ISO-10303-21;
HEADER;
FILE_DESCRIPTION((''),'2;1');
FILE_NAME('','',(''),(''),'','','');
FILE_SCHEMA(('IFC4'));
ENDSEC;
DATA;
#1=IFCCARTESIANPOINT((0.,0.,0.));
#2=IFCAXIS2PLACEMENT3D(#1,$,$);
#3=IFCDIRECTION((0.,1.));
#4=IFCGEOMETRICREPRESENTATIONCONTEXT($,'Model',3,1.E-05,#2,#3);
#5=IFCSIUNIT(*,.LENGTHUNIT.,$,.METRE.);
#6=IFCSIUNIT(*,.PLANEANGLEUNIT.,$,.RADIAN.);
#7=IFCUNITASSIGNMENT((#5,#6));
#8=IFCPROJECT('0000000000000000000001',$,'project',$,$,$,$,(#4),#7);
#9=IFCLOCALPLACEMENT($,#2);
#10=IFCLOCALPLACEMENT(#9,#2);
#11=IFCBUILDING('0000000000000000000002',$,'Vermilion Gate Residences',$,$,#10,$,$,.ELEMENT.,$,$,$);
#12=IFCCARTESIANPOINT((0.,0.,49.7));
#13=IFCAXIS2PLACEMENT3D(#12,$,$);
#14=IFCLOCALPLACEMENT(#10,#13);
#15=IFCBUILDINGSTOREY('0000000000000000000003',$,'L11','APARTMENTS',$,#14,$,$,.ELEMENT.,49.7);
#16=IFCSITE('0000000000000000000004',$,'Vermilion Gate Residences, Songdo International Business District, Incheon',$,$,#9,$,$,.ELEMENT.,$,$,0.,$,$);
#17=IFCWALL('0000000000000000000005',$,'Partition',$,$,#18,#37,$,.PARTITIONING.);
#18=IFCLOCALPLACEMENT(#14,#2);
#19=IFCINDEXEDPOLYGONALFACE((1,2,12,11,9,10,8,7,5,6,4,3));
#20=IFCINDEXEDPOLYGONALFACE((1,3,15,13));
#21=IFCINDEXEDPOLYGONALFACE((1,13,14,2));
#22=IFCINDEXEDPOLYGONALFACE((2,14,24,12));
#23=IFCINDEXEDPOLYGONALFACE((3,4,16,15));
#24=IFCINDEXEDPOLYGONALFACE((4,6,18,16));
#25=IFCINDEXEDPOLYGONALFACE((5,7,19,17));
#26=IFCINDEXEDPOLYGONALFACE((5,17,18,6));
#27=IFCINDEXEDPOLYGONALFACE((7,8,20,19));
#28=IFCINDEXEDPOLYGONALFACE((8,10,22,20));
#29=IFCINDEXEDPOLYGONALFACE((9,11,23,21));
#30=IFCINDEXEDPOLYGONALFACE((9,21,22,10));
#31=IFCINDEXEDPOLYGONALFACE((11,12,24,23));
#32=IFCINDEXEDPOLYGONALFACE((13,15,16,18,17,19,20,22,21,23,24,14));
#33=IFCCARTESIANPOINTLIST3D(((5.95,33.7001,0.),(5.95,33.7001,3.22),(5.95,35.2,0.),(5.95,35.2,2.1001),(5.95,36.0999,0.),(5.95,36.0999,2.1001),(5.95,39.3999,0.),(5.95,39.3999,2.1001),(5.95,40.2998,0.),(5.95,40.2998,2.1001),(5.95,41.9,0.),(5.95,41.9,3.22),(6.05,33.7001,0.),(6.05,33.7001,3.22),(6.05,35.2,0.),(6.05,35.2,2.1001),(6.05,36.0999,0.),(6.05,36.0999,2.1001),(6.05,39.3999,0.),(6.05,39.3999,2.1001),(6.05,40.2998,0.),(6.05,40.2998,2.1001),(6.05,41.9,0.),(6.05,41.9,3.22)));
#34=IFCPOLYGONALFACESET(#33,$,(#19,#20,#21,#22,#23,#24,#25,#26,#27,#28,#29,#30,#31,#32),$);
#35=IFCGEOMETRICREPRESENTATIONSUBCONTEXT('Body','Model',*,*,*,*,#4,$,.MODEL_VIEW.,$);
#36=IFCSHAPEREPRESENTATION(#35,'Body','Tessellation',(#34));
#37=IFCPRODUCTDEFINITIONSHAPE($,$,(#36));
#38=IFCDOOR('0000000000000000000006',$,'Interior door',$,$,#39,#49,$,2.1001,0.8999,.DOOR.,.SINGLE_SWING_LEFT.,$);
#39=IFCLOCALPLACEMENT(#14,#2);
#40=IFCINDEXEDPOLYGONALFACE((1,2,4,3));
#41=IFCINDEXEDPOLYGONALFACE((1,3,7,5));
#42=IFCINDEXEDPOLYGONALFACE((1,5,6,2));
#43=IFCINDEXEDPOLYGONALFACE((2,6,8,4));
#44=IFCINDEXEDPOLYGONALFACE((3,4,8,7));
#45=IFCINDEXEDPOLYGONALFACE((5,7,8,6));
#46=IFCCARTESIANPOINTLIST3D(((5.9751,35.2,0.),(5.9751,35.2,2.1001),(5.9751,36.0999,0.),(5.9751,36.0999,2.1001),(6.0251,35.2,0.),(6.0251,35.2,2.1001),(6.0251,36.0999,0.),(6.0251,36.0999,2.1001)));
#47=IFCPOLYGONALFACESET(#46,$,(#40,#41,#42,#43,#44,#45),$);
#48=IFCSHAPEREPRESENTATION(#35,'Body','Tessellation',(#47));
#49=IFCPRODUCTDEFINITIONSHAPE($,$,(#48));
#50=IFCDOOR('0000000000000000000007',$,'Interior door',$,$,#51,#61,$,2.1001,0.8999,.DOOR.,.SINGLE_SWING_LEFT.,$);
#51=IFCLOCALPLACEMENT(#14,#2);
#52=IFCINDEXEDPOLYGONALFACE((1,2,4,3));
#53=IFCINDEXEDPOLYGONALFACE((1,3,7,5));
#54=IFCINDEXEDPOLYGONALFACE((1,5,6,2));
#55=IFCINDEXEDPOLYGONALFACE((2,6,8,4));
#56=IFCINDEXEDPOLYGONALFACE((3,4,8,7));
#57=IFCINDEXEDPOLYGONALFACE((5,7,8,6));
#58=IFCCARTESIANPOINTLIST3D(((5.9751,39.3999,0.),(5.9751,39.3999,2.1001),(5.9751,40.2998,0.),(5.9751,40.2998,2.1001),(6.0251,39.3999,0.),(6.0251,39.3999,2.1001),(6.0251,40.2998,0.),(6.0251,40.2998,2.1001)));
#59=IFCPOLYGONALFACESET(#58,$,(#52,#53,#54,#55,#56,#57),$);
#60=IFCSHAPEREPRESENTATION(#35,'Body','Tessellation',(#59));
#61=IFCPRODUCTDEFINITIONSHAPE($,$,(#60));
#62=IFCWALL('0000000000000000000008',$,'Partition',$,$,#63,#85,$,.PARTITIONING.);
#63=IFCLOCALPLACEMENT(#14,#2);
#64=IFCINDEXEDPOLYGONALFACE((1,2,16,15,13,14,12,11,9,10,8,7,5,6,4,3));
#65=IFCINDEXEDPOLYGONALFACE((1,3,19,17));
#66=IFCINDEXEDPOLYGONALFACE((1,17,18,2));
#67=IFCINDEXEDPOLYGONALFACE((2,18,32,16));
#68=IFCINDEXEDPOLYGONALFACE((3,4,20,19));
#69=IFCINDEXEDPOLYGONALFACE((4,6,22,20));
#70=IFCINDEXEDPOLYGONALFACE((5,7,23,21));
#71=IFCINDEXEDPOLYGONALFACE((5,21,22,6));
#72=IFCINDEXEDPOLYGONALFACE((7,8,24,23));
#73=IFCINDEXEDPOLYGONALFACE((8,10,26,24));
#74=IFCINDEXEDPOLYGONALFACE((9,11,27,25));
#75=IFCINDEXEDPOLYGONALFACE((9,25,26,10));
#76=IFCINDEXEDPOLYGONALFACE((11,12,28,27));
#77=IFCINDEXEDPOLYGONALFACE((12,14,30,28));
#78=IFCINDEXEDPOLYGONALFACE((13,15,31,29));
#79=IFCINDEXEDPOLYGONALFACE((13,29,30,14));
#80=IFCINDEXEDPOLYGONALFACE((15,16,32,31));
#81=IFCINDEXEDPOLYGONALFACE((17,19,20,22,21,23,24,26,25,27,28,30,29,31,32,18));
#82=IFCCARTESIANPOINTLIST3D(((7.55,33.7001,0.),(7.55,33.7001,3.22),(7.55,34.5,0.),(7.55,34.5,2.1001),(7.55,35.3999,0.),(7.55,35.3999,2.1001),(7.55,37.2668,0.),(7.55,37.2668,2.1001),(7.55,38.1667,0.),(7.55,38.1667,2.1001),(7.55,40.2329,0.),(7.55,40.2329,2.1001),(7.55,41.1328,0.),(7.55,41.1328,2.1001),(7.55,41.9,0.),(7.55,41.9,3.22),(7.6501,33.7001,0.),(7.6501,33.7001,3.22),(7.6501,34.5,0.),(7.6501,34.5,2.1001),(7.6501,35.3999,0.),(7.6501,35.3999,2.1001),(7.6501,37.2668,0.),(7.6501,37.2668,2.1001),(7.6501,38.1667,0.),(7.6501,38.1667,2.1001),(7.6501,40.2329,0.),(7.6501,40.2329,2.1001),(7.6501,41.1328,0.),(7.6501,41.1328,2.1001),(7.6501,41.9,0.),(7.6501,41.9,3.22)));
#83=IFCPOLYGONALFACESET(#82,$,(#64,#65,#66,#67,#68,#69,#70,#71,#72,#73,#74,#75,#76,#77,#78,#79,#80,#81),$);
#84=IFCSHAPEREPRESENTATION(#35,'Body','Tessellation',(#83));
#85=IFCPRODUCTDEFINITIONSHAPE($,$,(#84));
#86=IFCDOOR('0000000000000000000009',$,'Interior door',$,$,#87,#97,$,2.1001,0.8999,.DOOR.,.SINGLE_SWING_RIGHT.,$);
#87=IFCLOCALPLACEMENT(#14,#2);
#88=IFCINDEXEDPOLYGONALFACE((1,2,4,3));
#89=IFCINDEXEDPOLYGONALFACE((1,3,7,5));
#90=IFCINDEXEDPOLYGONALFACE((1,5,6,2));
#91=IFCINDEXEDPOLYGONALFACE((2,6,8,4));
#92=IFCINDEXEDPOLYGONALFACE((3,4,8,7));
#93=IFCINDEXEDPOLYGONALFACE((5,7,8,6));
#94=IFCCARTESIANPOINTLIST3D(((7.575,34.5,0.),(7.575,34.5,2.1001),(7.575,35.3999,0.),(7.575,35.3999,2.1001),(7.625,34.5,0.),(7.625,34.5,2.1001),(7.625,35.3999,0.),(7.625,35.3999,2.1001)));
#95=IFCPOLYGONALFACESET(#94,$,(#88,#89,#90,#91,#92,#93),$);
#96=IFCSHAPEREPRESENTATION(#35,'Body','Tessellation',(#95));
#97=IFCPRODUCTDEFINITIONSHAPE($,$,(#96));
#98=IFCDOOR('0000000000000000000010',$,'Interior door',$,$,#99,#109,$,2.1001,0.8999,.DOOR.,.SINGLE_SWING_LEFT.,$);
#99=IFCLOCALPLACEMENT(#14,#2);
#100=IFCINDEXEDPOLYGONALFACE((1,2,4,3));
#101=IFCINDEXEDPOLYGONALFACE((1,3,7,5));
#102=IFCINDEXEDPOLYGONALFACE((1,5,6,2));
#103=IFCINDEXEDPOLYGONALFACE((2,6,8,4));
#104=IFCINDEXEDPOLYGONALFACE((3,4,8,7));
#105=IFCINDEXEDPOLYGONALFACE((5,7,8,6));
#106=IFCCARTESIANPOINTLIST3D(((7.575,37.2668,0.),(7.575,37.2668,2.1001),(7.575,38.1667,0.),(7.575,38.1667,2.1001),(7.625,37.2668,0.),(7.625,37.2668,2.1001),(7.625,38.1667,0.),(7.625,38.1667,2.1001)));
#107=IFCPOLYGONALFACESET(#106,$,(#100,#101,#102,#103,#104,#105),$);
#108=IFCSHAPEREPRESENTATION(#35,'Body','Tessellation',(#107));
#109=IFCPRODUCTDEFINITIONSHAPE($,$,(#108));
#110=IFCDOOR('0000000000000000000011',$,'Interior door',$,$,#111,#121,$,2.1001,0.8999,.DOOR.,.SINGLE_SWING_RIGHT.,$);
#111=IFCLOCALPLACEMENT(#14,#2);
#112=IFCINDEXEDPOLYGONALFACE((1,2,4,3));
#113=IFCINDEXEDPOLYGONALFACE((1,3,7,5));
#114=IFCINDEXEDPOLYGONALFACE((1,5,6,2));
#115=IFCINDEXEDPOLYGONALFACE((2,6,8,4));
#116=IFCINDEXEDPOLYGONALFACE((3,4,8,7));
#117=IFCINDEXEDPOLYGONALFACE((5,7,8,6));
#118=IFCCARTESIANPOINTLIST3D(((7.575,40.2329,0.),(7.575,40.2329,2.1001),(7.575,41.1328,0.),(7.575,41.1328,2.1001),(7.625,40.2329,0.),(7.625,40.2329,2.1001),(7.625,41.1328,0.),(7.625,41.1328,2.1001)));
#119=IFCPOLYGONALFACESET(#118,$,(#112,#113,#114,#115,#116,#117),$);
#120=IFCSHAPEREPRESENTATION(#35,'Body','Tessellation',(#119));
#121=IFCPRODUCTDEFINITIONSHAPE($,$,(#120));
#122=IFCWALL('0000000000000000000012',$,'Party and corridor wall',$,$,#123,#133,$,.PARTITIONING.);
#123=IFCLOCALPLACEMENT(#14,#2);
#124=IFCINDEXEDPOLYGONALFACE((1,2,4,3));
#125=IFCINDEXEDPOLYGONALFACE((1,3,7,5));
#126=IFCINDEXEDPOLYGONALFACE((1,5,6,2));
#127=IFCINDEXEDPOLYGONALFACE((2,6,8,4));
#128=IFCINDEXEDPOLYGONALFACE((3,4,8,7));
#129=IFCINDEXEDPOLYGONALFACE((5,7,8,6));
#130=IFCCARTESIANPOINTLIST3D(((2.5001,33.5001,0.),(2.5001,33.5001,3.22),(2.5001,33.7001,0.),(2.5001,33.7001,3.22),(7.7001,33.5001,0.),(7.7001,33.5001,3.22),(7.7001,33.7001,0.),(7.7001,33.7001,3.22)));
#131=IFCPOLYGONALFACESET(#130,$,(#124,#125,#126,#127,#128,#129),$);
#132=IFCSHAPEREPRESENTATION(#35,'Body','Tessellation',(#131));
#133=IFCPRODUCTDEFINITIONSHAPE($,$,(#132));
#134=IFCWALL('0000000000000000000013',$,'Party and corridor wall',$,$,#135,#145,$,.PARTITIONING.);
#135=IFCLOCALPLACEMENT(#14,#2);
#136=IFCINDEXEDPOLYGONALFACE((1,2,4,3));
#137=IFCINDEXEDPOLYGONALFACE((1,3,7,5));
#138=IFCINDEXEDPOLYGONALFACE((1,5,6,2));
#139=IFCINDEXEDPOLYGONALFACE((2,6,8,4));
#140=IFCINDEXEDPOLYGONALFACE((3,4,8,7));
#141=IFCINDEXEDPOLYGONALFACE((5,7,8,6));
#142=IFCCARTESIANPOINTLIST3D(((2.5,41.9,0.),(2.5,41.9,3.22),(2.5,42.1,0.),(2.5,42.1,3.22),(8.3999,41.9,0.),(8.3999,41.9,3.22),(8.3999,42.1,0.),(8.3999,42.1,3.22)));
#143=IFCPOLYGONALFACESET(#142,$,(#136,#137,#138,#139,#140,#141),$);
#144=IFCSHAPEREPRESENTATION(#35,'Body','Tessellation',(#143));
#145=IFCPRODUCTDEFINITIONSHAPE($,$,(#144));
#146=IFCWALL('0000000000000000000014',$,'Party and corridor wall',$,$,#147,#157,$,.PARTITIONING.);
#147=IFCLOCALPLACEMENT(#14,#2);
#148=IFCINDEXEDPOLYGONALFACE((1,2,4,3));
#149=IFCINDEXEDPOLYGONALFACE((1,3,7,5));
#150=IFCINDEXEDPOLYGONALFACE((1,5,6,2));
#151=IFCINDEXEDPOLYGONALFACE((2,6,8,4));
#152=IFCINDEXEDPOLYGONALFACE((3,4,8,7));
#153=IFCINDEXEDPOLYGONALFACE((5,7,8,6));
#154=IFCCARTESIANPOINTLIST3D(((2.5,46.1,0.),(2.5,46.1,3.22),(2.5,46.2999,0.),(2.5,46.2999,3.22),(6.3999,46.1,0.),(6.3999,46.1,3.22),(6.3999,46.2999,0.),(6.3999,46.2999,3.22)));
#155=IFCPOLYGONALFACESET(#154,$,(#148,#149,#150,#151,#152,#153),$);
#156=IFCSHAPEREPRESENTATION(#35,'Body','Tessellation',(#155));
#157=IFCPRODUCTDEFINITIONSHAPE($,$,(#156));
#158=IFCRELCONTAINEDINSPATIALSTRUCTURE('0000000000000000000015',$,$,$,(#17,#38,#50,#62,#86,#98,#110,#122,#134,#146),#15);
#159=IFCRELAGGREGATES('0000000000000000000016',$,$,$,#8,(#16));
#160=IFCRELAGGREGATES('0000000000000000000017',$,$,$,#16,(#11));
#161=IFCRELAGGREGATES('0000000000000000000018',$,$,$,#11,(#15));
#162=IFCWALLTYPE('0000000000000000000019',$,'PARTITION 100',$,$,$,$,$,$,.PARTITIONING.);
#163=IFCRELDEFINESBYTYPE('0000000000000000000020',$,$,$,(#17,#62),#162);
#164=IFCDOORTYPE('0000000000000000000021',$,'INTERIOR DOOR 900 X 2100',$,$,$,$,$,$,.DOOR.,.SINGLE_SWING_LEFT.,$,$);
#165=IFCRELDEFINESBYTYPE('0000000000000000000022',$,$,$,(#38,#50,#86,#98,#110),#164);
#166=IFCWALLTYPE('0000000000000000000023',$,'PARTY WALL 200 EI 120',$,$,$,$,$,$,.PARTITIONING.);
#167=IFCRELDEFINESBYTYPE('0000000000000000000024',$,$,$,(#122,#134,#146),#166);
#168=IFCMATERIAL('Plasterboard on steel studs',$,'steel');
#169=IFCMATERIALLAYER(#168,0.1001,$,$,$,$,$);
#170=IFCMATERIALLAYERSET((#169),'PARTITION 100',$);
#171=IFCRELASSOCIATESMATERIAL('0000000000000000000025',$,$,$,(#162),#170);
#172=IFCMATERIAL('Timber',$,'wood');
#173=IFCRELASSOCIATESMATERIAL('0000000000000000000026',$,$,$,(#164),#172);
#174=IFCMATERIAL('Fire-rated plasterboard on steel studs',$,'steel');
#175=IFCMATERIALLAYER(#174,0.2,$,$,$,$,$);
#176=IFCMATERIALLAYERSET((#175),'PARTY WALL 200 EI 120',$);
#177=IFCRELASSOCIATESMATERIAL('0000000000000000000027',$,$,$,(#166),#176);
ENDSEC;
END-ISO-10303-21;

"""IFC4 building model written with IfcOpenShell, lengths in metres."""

from ifc_helpers import new_model, si_unit, direction, frame, frame_2d, origin, place, context, subcontext, project, spatial, rectangle, extrude, material, layer, layer_set, type_object, element, fill, save


model = new_model("IFC4")

# Units and contexts
model_context = context("Model", 3, precision=1e-05, world=origin(), true_north=direction((0.0, 1.0)))
body_context = subcontext(model_context, "Body", "Model", "MODEL_VIEW")
ifc_project = project(units=[si_unit("LENGTHUNIT", "METRE"), si_unit("PLANEANGLEUNIT", "RADIAN")], contexts=[model_context])

# Site, building, storey
site_placement = place(None, origin())
site = spatial("IfcSite", under=ifc_project, at=site_placement, Name="Vermilion Gate Residences, Songdo International Business District, Incheon", CompositionType="ELEMENT", RefElevation=0.0)
building_placement = place(site_placement, origin())
building = spatial("IfcBuilding", under=site, at=building_placement, Name="Vermilion Gate Residences", CompositionType="ELEMENT")
storey_placement = place(building_placement, frame((0.0, 0.0, 49.7)))
storey = spatial("IfcBuildingStorey", under=building, at=storey_placement, Name="L11", Description="APARTMENTS", CompositionType="ELEMENT", Elevation=49.7)

# Shared definitions
ifc_material_1 = material(Name="Plasterboard on steel studs", Category="steel")
ifc_layer_1 = layer(ifc_material_1, 0.1001)
ifc_layer_set_1 = layer_set([ifc_layer_1], Name="PARTITION 100")
wall_type_1 = type_object("IfcWallType", Name="PARTITION 100", PredefinedType="PARTITIONING", material=ifc_layer_set_1)

# Walls, openings, doors
wall_1_placement = place(storey_placement, frame((6.0, 33.7, 0.0), z_axis=(0.0, 0.0, 1.0), x_axis=(0.0, 1.0, 0.0)))
wall_1 = element("IfcWall", 1, at=wall_1_placement, inside=storey, type_object=wall_type_1, Name="Partition", PredefinedType="PARTITIONING", context=body_context, shape_type="SweptSolid", body=[
    extrude(rectangle(XDim=8.2, YDim=0.1001, at=frame_2d((4.1001, 0.0))), origin(), (0.0, 0.0, 1.0), 3.22),
])
opening_1_placement = place(wall_1_placement, frame((1.5, 0.0, 0.0)))
opening_1 = element("IfcOpeningElement", 2, at=opening_1_placement, cuts=wall_1, PredefinedType="OPENING", context=body_context, shape_type="SweptSolid", body=[
    extrude(rectangle(XDim=0.8999, YDim=2.1001, at=frame_2d((0.45, 1.05))), frame((0.0, 0.0601, 0.0), z_axis=(0.0, -1.0, 0.0), x_axis=(1.0, 0.0, 0.0)), (0.0, 0.0, 1.0), 0.1201),
])
opening_2_placement = place(wall_1_placement, frame((5.7, 0.0, 0.0)))
opening_2 = element("IfcOpeningElement", 3, at=opening_2_placement, cuts=wall_1, PredefinedType="OPENING", context=body_context, shape_type="SweptSolid", body=[
    extrude(rectangle(XDim=0.8999, YDim=2.1001, at=frame_2d((0.45, 1.05))), frame((0.0, 0.0601, 0.0), z_axis=(0.0, -1.0, 0.0), x_axis=(1.0, 0.0, 0.0)), (0.0, 0.0, 1.0), 0.1201),
])
ifc_material_2 = material(Name="Timber", Category="wood")
door_type_1 = type_object("IfcDoorType", Name="INTERIOR DOOR 900 X 2100", OperationType="SINGLE_SWING_LEFT", PredefinedType="DOOR", material=ifc_material_2)
door_1_placement = place(opening_1_placement, origin())
door_1 = element("IfcDoor", 4, at=door_1_placement, inside=storey, type_object=door_type_1, Name="Interior door", OperationType="SINGLE_SWING_LEFT", OverallHeight=2.1001, OverallWidth=0.8999, PredefinedType="DOOR", context=body_context, shape_type="SweptSolid", body=[
    extrude(rectangle(XDim=0.8999, YDim=2.1001, at=frame_2d((0.45, 1.05))), frame((0.0, 0.0249, 0.0), z_axis=(0.0, -1.0, 0.0), x_axis=(1.0, 0.0, 0.0)), (0.0, 0.0, 1.0), 0.05),
])
fill(opening_1, door_1)
door_2_placement = place(opening_2_placement, origin())
door_2 = element("IfcDoor", 5, at=door_2_placement, inside=storey, type_object=door_type_1, Name="Interior door", OperationType="SINGLE_SWING_LEFT", OverallHeight=2.1001, OverallWidth=0.8999, PredefinedType="DOOR", context=body_context, shape_type="SweptSolid", body=[
    extrude(rectangle(XDim=0.8999, YDim=2.1001, at=frame_2d((0.45, 1.05))), frame((0.0, 0.0249, 0.0), z_axis=(0.0, -1.0, 0.0), x_axis=(1.0, 0.0, 0.0)), (0.0, 0.0, 1.0), 0.05),
])
fill(opening_2, door_2)
wall_2_placement = place(storey_placement, frame((7.6001, 33.7, 0.0), z_axis=(0.0, 0.0, 1.0), x_axis=(0.0, 1.0, 0.0)))
wall_2 = element("IfcWall", 6, at=wall_2_placement, inside=storey, type_object=wall_type_1, Name="Partition", PredefinedType="PARTITIONING", context=body_context, shape_type="SweptSolid", body=[
    extrude(rectangle(XDim=8.2, YDim=0.1001, at=frame_2d((4.1001, 0.0))), origin(), (0.0, 0.0, 1.0), 3.22),
])
opening_3_placement = place(wall_2_placement, frame((0.8, 0.0, 0.0)))
opening_3 = element("IfcOpeningElement", 7, at=opening_3_placement, cuts=wall_2, PredefinedType="OPENING", context=body_context, shape_type="SweptSolid", body=[
    extrude(rectangle(XDim=0.8999, YDim=2.1001, at=frame_2d((0.45, 1.05))), frame((0.0, 0.0601, 0.0), z_axis=(0.0, -1.0, 0.0), x_axis=(1.0, 0.0, 0.0)), (0.0, 0.0, 1.0), 0.1201),
])
opening_4_placement = place(wall_2_placement, frame((3.5669, 0.0, 0.0)))
opening_4 = element("IfcOpeningElement", 8, at=opening_4_placement, cuts=wall_2, PredefinedType="OPENING", context=body_context, shape_type="SweptSolid", body=[
    extrude(rectangle(XDim=0.8999, YDim=2.1001, at=frame_2d((0.45, 1.05))), frame((0.0, 0.0601, 0.0), z_axis=(0.0, -1.0, 0.0), x_axis=(1.0, 0.0, 0.0)), (0.0, 0.0, 1.0), 0.1201),
])
opening_5_placement = place(wall_2_placement, frame((6.533, 0.0, 0.0)))
opening_5 = element("IfcOpeningElement", 9, at=opening_5_placement, cuts=wall_2, PredefinedType="OPENING", context=body_context, shape_type="SweptSolid", body=[
    extrude(rectangle(XDim=0.8999, YDim=2.1001, at=frame_2d((0.45, 1.05))), frame((0.0, 0.0601, 0.0), z_axis=(0.0, -1.0, 0.0), x_axis=(1.0, 0.0, 0.0)), (0.0, 0.0, 1.0), 0.1201),
])
door_3_placement = place(opening_3_placement, frame((0.8999, 0.0, 0.0), z_axis=(0.0, 0.0, 1.0), x_axis=(-1.0, 0.0, 0.0)))
door_3 = element("IfcDoor", 10, at=door_3_placement, inside=storey, type_object=door_type_1, Name="Interior door", OperationType="SINGLE_SWING_RIGHT", OverallHeight=2.1001, OverallWidth=0.8999, PredefinedType="DOOR", context=body_context, shape_type="SweptSolid", body=[
    extrude(rectangle(XDim=0.8999, YDim=2.1001, at=frame_2d((0.45, 1.05))), frame((0.0, 0.0249, 0.0), z_axis=(0.0, -1.0, 0.0), x_axis=(1.0, 0.0, 0.0)), (0.0, 0.0, 1.0), 0.05),
])
fill(opening_3, door_3)
door_4_placement = place(opening_4_placement, frame((0.8999, 0.0, 0.0), z_axis=(0.0, 0.0, 1.0), x_axis=(-1.0, 0.0, 0.0)))
door_4 = element("IfcDoor", 11, at=door_4_placement, inside=storey, type_object=door_type_1, Name="Interior door", OperationType="SINGLE_SWING_LEFT", OverallHeight=2.1001, OverallWidth=0.8999, PredefinedType="DOOR", context=body_context, shape_type="SweptSolid", body=[
    extrude(rectangle(XDim=0.8999, YDim=2.1001, at=frame_2d((0.45, 1.05))), frame((0.0, 0.0249, 0.0), z_axis=(0.0, -1.0, 0.0), x_axis=(1.0, 0.0, 0.0)), (0.0, 0.0, 1.0), 0.05),
])
fill(opening_4, door_4)
door_5_placement = place(opening_5_placement, frame((0.8999, 0.0, 0.0), z_axis=(0.0, 0.0, 1.0), x_axis=(-1.0, 0.0, 0.0)))
door_5 = element("IfcDoor", 12, at=door_5_placement, inside=storey, type_object=door_type_1, Name="Interior door", OperationType="SINGLE_SWING_RIGHT", OverallHeight=2.1001, OverallWidth=0.8999, PredefinedType="DOOR", context=body_context, shape_type="SweptSolid", body=[
    extrude(rectangle(XDim=0.8999, YDim=2.1001, at=frame_2d((0.45, 1.05))), frame((0.0, 0.0249, 0.0), z_axis=(0.0, -1.0, 0.0), x_axis=(1.0, 0.0, 0.0)), (0.0, 0.0, 1.0), 0.05),
])
fill(opening_5, door_5)

# Walls
ifc_material_3 = material(Name="Fire-rated plasterboard on steel studs", Category="steel")
ifc_layer_2 = layer(ifc_material_3, 0.2)
ifc_layer_set_2 = layer_set([ifc_layer_2], Name="PARTY WALL 200 EI 120")
wall_type_2 = type_object("IfcWallType", Name="PARTY WALL 200 EI 120", PredefinedType="PARTITIONING", material=ifc_layer_set_2)
wall_3_placement = place(storey_placement, frame((2.5, 33.6001, 0.0), z_axis=(0.0, 0.0, 1.0), x_axis=(1.0, 0.0, 0.0)))
element("IfcWall", 13, at=wall_3_placement, inside=storey, type_object=wall_type_2, Name="Party and corridor wall", PredefinedType="PARTITIONING", context=body_context, shape_type="SweptSolid", body=[
    extrude(rectangle(XDim=5.2, YDim=0.2, at=frame_2d((2.6001, 0.0))), origin(), (0.0, 0.0, 1.0), 3.22),
])
wall_4_placement = place(storey_placement, frame((2.5, 42.0, 0.0), z_axis=(0.0, 0.0, 1.0), x_axis=(1.0, 0.0, 0.0)))
element("IfcWall", 14, at=wall_4_placement, inside=storey, type_object=wall_type_2, Name="Party and corridor wall", PredefinedType="PARTITIONING", context=body_context, shape_type="SweptSolid", body=[
    extrude(rectangle(XDim=5.8999, YDim=0.2, at=frame_2d((2.95, 0.0))), origin(), (0.0, 0.0, 1.0), 3.22),
])
wall_5_placement = place(storey_placement, frame((2.5, 46.2, 0.0), z_axis=(0.0, 0.0, 1.0), x_axis=(1.0, 0.0, 0.0)))
element("IfcWall", 15, at=wall_5_placement, inside=storey, type_object=wall_type_2, Name="Party and corridor wall", PredefinedType="PARTITIONING", context=body_context, shape_type="SweptSolid", body=[
    extrude(rectangle(XDim=3.8999, YDim=0.2, at=frame_2d((1.95, 0.0))), origin(), (0.0, 0.0, 1.0), 3.22),
])

save(model, "model.ifc")
